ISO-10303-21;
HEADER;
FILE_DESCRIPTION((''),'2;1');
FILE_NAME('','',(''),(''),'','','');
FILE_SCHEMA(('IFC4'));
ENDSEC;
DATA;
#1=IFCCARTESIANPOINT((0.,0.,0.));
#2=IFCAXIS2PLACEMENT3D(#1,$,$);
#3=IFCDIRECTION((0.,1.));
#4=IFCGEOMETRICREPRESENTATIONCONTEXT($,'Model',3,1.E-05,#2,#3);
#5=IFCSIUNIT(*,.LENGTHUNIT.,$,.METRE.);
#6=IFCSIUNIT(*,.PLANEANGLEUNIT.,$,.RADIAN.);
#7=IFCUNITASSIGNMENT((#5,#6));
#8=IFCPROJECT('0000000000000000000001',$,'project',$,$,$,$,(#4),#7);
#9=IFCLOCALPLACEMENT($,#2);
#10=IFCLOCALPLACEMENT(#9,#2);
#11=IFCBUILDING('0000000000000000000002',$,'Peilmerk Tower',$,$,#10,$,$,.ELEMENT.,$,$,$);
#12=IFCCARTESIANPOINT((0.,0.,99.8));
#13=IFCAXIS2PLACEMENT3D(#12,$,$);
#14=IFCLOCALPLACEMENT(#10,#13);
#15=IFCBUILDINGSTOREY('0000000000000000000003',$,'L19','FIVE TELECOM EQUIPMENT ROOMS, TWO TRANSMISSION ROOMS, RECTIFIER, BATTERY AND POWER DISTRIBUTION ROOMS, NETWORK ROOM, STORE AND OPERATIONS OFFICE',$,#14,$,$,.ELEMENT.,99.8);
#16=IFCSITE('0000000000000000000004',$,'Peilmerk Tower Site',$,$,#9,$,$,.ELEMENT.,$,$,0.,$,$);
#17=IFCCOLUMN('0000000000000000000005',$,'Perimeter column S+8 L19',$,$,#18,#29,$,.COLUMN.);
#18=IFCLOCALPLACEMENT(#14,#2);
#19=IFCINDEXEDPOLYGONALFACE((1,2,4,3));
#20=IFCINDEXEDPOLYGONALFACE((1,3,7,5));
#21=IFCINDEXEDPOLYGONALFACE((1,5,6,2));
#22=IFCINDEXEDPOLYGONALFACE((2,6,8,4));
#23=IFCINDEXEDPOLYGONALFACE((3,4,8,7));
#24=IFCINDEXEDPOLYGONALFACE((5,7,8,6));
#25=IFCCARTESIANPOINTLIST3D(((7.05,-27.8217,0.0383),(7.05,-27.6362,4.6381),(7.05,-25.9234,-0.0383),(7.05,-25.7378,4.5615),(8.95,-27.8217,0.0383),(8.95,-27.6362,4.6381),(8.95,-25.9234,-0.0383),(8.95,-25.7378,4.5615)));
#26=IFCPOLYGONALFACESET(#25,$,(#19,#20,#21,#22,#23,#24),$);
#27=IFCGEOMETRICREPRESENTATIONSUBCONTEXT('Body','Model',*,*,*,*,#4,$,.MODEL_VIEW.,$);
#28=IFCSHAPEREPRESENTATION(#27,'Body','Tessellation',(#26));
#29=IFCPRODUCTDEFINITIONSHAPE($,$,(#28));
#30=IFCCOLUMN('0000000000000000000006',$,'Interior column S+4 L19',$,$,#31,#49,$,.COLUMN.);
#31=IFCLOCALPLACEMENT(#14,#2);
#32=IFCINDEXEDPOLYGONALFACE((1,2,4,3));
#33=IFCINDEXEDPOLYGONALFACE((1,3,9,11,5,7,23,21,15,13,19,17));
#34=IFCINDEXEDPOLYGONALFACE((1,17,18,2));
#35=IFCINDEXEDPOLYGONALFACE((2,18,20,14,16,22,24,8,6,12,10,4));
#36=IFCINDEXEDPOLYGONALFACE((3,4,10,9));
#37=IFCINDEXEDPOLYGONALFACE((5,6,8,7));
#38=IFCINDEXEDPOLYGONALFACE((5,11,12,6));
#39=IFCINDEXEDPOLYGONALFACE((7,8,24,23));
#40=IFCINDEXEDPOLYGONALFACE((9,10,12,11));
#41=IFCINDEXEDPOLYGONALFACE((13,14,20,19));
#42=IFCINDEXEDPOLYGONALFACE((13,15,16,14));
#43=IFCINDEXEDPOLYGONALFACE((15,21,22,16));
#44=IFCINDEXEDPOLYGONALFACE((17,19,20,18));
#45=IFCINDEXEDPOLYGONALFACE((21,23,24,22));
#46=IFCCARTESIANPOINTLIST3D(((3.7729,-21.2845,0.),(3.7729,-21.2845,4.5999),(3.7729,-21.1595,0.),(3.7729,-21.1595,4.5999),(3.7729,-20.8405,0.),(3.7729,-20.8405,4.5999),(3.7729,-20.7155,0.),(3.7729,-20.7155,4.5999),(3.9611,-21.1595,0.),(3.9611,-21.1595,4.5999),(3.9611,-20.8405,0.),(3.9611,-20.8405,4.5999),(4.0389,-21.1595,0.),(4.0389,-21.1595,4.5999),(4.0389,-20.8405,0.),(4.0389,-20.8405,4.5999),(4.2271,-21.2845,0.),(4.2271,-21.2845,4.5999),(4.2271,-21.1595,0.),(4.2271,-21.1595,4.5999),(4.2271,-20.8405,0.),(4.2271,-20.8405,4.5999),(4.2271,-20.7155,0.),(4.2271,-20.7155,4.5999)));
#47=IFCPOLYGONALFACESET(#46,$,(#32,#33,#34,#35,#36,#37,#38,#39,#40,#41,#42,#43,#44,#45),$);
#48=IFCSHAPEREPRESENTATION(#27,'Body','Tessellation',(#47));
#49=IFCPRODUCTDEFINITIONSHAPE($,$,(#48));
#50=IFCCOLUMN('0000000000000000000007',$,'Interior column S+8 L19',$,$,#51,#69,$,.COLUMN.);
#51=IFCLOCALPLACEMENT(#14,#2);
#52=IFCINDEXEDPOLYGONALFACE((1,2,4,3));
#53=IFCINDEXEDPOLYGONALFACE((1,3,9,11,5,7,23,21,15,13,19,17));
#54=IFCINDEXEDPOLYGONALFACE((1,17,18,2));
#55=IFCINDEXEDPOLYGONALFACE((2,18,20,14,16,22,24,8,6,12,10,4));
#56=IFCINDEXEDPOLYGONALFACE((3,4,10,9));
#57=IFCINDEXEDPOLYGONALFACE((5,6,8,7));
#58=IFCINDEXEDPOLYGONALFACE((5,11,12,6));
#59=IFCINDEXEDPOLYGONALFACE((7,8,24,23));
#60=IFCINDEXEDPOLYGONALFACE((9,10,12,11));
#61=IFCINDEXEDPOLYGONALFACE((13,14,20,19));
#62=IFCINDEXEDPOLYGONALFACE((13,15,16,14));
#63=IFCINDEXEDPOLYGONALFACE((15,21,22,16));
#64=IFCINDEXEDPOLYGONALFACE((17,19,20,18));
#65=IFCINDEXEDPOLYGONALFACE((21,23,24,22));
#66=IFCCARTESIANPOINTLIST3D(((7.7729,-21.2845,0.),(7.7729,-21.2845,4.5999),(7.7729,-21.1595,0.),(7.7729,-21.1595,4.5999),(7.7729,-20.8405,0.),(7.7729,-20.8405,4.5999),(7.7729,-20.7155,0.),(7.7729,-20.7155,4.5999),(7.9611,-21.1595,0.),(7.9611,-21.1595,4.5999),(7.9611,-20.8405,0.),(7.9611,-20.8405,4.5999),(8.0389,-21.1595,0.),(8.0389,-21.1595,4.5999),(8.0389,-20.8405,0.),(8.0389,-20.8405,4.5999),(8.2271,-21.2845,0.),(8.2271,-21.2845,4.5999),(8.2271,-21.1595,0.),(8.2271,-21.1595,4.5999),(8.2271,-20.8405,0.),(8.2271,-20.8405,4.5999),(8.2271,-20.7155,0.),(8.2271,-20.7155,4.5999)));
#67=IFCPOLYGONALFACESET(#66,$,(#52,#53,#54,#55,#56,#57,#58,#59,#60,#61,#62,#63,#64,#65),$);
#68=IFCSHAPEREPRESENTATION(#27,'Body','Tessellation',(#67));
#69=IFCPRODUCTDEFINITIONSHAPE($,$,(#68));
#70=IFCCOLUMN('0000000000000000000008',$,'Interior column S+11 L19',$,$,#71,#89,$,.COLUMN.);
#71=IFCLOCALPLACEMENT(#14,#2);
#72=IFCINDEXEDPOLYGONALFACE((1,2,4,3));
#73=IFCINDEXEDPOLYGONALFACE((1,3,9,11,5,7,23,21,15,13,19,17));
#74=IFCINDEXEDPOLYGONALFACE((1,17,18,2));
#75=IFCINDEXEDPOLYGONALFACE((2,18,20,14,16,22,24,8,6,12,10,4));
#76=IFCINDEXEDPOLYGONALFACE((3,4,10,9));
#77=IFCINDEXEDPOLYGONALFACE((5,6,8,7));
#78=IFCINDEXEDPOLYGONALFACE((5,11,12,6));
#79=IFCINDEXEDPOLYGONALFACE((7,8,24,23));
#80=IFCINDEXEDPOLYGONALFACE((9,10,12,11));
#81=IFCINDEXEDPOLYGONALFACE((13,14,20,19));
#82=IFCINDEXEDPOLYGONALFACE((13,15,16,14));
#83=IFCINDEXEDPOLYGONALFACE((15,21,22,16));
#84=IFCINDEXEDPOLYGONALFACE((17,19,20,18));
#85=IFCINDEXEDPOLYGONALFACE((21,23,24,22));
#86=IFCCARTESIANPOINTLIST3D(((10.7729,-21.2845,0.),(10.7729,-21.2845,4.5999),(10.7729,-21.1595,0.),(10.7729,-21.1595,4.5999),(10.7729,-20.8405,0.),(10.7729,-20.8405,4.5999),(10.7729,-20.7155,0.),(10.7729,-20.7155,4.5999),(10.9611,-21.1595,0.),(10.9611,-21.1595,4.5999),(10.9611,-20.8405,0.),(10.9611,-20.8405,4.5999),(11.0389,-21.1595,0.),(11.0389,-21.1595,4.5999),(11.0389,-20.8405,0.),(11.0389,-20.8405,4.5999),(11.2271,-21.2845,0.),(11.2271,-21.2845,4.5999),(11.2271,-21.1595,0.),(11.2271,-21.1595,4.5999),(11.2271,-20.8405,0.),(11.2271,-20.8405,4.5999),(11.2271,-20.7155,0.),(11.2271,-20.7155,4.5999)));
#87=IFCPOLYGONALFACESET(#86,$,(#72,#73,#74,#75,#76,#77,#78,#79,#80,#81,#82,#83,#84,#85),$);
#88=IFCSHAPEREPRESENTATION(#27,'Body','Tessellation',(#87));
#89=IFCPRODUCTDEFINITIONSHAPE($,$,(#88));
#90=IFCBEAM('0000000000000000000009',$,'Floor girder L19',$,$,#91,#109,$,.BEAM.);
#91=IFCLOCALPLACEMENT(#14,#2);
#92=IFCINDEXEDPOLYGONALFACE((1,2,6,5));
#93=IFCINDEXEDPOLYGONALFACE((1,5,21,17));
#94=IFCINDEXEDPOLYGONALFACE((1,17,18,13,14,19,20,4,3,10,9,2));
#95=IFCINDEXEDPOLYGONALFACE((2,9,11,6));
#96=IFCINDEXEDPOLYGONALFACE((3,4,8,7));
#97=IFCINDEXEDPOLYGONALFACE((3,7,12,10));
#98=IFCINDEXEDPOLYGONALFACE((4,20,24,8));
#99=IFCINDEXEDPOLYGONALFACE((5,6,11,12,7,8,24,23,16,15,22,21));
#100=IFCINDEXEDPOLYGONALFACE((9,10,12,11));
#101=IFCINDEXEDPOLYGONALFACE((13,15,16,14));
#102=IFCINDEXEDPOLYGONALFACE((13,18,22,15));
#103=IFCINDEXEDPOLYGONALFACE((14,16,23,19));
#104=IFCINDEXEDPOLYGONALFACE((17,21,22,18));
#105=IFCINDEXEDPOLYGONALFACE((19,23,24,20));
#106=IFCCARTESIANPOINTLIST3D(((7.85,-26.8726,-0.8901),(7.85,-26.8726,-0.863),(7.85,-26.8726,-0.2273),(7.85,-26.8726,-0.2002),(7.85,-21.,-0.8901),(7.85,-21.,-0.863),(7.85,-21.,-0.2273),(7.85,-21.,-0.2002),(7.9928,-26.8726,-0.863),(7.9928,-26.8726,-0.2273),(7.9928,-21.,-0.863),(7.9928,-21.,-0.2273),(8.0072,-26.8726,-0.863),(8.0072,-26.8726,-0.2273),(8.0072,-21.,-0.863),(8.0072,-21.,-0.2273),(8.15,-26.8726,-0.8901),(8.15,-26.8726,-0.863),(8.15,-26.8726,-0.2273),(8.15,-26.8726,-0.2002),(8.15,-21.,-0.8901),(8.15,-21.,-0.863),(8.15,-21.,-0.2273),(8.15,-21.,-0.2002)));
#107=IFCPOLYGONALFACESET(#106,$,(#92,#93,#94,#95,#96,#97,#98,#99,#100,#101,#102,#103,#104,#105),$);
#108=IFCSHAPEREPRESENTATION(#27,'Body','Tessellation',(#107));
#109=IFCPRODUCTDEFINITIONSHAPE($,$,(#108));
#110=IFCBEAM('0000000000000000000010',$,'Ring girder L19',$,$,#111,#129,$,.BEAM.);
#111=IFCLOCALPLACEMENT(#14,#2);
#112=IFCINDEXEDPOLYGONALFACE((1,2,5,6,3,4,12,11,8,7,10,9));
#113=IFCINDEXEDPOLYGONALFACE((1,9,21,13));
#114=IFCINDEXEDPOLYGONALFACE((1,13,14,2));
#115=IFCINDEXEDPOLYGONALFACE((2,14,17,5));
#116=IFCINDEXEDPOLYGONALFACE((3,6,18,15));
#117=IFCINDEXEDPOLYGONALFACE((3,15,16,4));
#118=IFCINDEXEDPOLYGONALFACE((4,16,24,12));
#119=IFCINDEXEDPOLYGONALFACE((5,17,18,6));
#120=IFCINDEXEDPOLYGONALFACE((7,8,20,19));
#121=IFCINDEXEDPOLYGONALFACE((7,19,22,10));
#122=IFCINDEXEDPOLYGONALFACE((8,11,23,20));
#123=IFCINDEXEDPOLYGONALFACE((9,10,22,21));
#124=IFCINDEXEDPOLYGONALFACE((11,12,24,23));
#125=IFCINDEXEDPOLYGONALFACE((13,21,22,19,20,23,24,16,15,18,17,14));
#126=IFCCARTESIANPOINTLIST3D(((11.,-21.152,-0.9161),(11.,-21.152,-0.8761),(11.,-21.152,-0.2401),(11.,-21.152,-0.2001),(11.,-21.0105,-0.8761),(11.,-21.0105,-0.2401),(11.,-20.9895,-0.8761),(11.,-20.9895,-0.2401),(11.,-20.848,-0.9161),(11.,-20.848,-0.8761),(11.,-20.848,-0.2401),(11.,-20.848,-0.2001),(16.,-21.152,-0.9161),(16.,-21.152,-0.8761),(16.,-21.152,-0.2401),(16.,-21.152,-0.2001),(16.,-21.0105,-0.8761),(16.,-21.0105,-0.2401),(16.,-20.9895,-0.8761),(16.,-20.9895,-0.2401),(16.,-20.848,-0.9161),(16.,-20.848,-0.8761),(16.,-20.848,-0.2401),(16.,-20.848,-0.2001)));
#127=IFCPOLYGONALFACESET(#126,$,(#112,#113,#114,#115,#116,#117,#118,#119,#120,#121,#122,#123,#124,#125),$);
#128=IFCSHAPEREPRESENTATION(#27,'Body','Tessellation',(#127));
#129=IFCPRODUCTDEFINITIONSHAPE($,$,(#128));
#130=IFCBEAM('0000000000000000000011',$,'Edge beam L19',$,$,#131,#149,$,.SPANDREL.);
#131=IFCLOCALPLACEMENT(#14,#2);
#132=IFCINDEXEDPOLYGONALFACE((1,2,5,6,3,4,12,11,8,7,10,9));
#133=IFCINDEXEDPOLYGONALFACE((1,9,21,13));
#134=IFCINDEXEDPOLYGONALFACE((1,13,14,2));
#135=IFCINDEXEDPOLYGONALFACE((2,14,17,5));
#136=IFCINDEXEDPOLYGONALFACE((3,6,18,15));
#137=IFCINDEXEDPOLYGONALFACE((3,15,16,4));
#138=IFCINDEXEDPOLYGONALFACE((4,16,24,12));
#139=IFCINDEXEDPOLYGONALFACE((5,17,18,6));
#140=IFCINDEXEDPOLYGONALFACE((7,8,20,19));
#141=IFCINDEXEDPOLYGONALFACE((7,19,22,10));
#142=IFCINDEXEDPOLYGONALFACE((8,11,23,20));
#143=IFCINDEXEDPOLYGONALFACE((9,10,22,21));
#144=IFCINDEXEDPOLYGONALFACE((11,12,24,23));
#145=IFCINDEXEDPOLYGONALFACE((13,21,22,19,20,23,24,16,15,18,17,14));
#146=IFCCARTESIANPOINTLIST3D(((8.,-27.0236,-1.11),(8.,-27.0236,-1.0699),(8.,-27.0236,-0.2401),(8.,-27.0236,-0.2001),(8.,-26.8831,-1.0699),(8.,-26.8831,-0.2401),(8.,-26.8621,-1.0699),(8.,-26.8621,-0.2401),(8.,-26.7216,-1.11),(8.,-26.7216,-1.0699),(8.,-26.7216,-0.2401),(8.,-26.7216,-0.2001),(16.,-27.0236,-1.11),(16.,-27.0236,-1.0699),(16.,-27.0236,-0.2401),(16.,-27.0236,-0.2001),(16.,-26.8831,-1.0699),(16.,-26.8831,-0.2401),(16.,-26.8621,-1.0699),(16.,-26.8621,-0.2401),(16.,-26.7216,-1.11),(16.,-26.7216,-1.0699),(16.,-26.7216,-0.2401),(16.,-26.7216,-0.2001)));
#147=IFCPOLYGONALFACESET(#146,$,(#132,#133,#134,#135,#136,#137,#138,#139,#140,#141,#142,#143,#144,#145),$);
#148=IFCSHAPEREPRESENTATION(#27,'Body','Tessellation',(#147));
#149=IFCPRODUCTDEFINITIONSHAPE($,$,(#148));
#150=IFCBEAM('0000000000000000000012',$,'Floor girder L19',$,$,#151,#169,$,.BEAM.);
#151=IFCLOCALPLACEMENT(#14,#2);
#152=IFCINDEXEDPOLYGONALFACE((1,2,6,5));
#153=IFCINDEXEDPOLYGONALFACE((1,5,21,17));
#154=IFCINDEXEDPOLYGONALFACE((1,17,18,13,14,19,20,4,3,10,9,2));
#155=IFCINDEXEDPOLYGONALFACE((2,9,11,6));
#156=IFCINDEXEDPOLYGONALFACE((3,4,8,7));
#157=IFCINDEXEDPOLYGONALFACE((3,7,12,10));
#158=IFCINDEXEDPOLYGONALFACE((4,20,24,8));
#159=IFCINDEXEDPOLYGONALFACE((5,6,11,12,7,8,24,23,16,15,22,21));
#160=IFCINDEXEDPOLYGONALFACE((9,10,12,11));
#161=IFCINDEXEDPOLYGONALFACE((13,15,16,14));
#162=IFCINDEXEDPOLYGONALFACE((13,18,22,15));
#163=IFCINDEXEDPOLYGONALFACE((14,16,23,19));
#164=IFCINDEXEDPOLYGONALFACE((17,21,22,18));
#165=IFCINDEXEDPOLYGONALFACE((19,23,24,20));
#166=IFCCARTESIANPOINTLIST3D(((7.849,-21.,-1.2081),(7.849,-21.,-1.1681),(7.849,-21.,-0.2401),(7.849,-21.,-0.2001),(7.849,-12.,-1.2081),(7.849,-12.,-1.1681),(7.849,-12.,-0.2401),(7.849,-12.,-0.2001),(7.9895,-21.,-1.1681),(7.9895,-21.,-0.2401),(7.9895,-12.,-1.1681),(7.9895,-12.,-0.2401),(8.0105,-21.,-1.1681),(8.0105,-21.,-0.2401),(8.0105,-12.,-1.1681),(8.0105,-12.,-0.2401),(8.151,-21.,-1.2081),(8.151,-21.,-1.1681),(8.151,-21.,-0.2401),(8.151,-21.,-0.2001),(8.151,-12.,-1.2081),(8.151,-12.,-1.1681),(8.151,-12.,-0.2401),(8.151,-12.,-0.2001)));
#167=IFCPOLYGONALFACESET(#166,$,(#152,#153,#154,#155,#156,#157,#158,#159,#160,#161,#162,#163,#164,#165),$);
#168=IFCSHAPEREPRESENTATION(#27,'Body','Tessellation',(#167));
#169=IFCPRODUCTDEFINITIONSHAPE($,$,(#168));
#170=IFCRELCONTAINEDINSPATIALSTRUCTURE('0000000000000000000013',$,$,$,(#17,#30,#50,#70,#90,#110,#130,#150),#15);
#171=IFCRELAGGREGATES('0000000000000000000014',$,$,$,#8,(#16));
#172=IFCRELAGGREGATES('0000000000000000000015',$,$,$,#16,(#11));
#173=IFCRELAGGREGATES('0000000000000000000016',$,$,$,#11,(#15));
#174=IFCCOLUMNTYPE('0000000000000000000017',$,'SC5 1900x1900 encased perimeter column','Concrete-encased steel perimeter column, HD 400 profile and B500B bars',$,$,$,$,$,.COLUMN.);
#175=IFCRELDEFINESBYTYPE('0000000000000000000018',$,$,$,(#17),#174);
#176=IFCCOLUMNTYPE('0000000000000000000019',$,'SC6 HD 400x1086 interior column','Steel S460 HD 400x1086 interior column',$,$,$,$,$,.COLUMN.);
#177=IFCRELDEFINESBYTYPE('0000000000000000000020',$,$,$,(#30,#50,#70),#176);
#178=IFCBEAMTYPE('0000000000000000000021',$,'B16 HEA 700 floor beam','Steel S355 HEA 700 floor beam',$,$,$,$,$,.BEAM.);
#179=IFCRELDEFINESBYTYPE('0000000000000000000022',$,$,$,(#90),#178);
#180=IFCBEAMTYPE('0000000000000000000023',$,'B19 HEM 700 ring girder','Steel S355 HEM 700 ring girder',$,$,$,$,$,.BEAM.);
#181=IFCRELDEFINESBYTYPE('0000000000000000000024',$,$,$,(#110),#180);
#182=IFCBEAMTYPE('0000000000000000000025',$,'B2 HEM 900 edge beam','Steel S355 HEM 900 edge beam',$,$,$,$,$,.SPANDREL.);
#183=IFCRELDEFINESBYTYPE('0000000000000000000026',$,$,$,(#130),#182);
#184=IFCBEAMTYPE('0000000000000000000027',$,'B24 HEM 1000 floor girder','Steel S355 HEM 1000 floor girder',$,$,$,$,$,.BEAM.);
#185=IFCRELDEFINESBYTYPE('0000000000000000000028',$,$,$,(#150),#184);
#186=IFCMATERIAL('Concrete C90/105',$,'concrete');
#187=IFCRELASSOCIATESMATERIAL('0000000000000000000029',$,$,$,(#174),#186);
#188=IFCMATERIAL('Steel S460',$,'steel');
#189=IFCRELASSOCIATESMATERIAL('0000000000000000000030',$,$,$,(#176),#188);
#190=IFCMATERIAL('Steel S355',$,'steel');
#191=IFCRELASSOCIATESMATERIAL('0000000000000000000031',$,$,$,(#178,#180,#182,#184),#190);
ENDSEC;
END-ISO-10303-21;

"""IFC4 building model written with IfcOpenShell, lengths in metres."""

from ifc_helpers import new_model, si_unit, direction, frame, origin, origin_2d, place, context, subcontext, project, spatial, rectangle, i_section, extrude, material, material_profile, profile_set, type_object, element, save


model = new_model("IFC4")

# Units and contexts
model_context = context("Model", 3, precision=1e-05, world=origin(), true_north=direction((0.0, 1.0)))
body_context = subcontext(model_context, "Body", "Model", "MODEL_VIEW")
ifc_project = project(units=[si_unit("LENGTHUNIT", "METRE"), si_unit("PLANEANGLEUNIT", "RADIAN")], contexts=[model_context])

# Site, building, storey
site_placement = place(None, origin())
site = spatial("IfcSite", under=ifc_project, at=site_placement, Name="Peilmerk Tower Site", CompositionType="ELEMENT", RefElevation=0.0)
building_placement = place(site_placement, origin())
building = spatial("IfcBuilding", under=site, at=building_placement, Name="Peilmerk Tower", CompositionType="ELEMENT")
storey_placement = place(building_placement, frame((0.0, 0.0, 99.8)))
storey = spatial("IfcBuildingStorey", under=building, at=storey_placement, Name="L19", Description="FIVE TELECOM EQUIPMENT ROOMS, TWO TRANSMISSION ROOMS, RECTIFIER, BATTERY AND POWER DISTRIBUTION ROOMS, NETWORK ROOM, STORE AND OPERATIONS OFFICE", CompositionType="ELEMENT", Elevation=99.8)

# Columns
ifc_material_1 = material(Name="Concrete C90/105", Category="concrete")
ifc_material_profile_1 = material_profile(ifc_material_1, rectangle(XDim=1.8999, YDim=1.8999, at=origin_2d()), Name="RC 1900x1900")
ifc_profile_set_1 = profile_set([ifc_material_profile_1], Name="Concrete C90/105")
column_type_1 = type_object("IfcColumnType", Name="SC5 1900x1900 encased perimeter column", Description="Concrete-encased steel perimeter column, HD 400 profile and B500B bars", PredefinedType="COLUMN", material=ifc_profile_set_1)
column_placement = place(storey_placement, frame((8.0, -26.8726, 0.0), z_axis=(0.0, 0.040305, 0.999187), x_axis=(-1.0, 0.0, 0.0)))
element("IfcColumn", 1, at=column_placement, inside=storey, type_object=column_type_1, Name="Perimeter column S+8 L19", PredefinedType="COLUMN", context=body_context, shape_type="SweptSolid", body=[
    extrude(rectangle(XDim=1.8999, YDim=1.8999, at=origin_2d()), origin(), (0.0, 0.0, 1.0), 4.6035),
])
ifc_material_2 = material(Name="Steel S460", Category="steel")
ifc_material_profile_2 = material_profile(ifc_material_2, i_section(OverallWidth=0.4541, OverallDepth=0.5691, WebThickness=0.0779, FlangeThickness=0.125, at=origin_2d()), Name="HD 400x1086")
ifc_profile_set_2 = profile_set([ifc_material_profile_2], Name="Steel S460")
column_type_2 = type_object("IfcColumnType", Name="SC6 HD 400x1086 interior column", Description="Steel S460 HD 400x1086 interior column", PredefinedType="COLUMN", material=ifc_profile_set_2)
for number, where, z_axis, x_axis, name in (
    (2, (4.0, -21.0, 0.0), (0.0, 0.0, 1.0), (1.0, 0.0, 0.0), "Interior column S+4 L19"),
    (3, (8.0, -21.0, 0.0), (0.0, 0.0, 1.0), (1.0, 0.0, 0.0), "Interior column S+8 L19"),
    (4, (11.0, -21.0, 0.0), (0.0, 0.0, 1.0), (1.0, 0.0, 0.0), "Interior column S+11 L19"),
):
    element("IfcColumn", number, at=place(storey_placement, frame(where, z_axis=z_axis, x_axis=x_axis)), inside=storey, type_object=column_type_2, Name=name, PredefinedType="COLUMN", context=body_context, shape_type="SweptSolid", body=[
        extrude(i_section(OverallWidth=0.4541, OverallDepth=0.5691, WebThickness=0.0779, FlangeThickness=0.125, at=origin_2d()), origin(), (0.0, 0.0, 1.0), 4.5999),
    ])

# Beams
ifc_material_3 = material(Name="Steel S355", Category="steel")
ifc_material_profile_3 = material_profile(ifc_material_3, i_section(OverallWidth=0.3, OverallDepth=0.6899, WebThickness=0.0144, FlangeThickness=0.0271, at=origin_2d()), Name="HEA 700")
ifc_profile_set_3 = profile_set([ifc_material_profile_3], Name="Steel S355")
beam_type_1 = type_object("IfcBeamType", Name="B16 HEA 700 floor beam", Description="Steel S355 HEA 700 floor beam", PredefinedType="BEAM", material=ifc_profile_set_3)
beam_1_placement = place(storey_placement, frame((8.0, -21.0, -0.5452), z_axis=(0.0, -1.0, 0.0), x_axis=(1.0, 0.0, 0.0)))
element("IfcBeam", 5, at=beam_1_placement, inside=storey, type_object=beam_type_1, Name="Floor girder L19", PredefinedType="BEAM", context=body_context, shape_type="SweptSolid", body=[
    extrude(i_section(OverallWidth=0.3, OverallDepth=0.6899, WebThickness=0.0144, FlangeThickness=0.0271, at=origin_2d()), origin(), (0.0, 0.0, 1.0), 5.8726),
])
ifc_material_profile_4 = material_profile(ifc_material_3, i_section(OverallWidth=0.304, OverallDepth=0.7161, WebThickness=0.021, FlangeThickness=0.04, at=origin_2d()), Name="HEM 700")
ifc_profile_set_4 = profile_set([ifc_material_profile_4], Name="Steel S355")
beam_type_2 = type_object("IfcBeamType", Name="B19 HEM 700 ring girder", Description="Steel S355 HEM 700 ring girder", PredefinedType="BEAM", material=ifc_profile_set_4)
beam_2_placement = place(storey_placement, frame((11.0, -21.0, -0.5581), z_axis=(1.0, 0.0, 0.0), x_axis=(0.0, 1.0, 0.0)))
element("IfcBeam", 6, at=beam_2_placement, inside=storey, type_object=beam_type_2, Name="Ring girder L19", PredefinedType="BEAM", context=body_context, shape_type="SweptSolid", body=[
    extrude(i_section(OverallWidth=0.304, OverallDepth=0.7161, WebThickness=0.021, FlangeThickness=0.04, at=origin_2d()), origin(), (0.0, 0.0, 1.0), 5.0),
])
ifc_material_profile_5 = material_profile(ifc_material_3, i_section(OverallWidth=0.302, OverallDepth=0.9099, WebThickness=0.021, FlangeThickness=0.04, at=origin_2d()), Name="HEM 900")
ifc_profile_set_5 = profile_set([ifc_material_profile_5], Name="Steel S355")
beam_type_3 = type_object("IfcBeamType", Name="B2 HEM 900 edge beam", Description="Steel S355 HEM 900 edge beam", PredefinedType="SPANDREL", material=ifc_profile_set_5)
beam_3_placement = place(storey_placement, frame((8.0, -26.8726, -0.655), z_axis=(1.0, 0.0, 0.0), x_axis=(0.0, 1.0, 0.0)))
element("IfcBeam", 7, at=beam_3_placement, inside=storey, type_object=beam_type_3, Name="Edge beam L19", PredefinedType="SPANDREL", context=body_context, shape_type="SweptSolid", body=[
    extrude(i_section(OverallWidth=0.302, OverallDepth=0.9099, WebThickness=0.021, FlangeThickness=0.04, at=origin_2d()), origin(), (0.0, 0.0, 1.0), 8.0),
])
ifc_material_profile_6 = material_profile(ifc_material_3, i_section(OverallWidth=0.302, OverallDepth=1.0081, WebThickness=0.021, FlangeThickness=0.04, at=origin_2d()), Name="HEM 1000")
ifc_profile_set_6 = profile_set([ifc_material_profile_6], Name="Steel S355")
beam_type_4 = type_object("IfcBeamType", Name="B24 HEM 1000 floor girder", Description="Steel S355 HEM 1000 floor girder", PredefinedType="BEAM", material=ifc_profile_set_6)
beam_4_placement = place(storey_placement, frame((8.0, -12.0, -0.7041), z_axis=(0.0, -1.0, 0.0), x_axis=(1.0, 0.0, 0.0)))
element("IfcBeam", 8, at=beam_4_placement, inside=storey, type_object=beam_type_4, Name="Floor girder L19", PredefinedType="BEAM", context=body_context, shape_type="SweptSolid", body=[
    extrude(i_section(OverallWidth=0.302, OverallDepth=1.0081, WebThickness=0.021, FlangeThickness=0.04, at=origin_2d()), origin(), (0.0, 0.0, 1.0), 9.0),
])

save(model, "model.ifc")
